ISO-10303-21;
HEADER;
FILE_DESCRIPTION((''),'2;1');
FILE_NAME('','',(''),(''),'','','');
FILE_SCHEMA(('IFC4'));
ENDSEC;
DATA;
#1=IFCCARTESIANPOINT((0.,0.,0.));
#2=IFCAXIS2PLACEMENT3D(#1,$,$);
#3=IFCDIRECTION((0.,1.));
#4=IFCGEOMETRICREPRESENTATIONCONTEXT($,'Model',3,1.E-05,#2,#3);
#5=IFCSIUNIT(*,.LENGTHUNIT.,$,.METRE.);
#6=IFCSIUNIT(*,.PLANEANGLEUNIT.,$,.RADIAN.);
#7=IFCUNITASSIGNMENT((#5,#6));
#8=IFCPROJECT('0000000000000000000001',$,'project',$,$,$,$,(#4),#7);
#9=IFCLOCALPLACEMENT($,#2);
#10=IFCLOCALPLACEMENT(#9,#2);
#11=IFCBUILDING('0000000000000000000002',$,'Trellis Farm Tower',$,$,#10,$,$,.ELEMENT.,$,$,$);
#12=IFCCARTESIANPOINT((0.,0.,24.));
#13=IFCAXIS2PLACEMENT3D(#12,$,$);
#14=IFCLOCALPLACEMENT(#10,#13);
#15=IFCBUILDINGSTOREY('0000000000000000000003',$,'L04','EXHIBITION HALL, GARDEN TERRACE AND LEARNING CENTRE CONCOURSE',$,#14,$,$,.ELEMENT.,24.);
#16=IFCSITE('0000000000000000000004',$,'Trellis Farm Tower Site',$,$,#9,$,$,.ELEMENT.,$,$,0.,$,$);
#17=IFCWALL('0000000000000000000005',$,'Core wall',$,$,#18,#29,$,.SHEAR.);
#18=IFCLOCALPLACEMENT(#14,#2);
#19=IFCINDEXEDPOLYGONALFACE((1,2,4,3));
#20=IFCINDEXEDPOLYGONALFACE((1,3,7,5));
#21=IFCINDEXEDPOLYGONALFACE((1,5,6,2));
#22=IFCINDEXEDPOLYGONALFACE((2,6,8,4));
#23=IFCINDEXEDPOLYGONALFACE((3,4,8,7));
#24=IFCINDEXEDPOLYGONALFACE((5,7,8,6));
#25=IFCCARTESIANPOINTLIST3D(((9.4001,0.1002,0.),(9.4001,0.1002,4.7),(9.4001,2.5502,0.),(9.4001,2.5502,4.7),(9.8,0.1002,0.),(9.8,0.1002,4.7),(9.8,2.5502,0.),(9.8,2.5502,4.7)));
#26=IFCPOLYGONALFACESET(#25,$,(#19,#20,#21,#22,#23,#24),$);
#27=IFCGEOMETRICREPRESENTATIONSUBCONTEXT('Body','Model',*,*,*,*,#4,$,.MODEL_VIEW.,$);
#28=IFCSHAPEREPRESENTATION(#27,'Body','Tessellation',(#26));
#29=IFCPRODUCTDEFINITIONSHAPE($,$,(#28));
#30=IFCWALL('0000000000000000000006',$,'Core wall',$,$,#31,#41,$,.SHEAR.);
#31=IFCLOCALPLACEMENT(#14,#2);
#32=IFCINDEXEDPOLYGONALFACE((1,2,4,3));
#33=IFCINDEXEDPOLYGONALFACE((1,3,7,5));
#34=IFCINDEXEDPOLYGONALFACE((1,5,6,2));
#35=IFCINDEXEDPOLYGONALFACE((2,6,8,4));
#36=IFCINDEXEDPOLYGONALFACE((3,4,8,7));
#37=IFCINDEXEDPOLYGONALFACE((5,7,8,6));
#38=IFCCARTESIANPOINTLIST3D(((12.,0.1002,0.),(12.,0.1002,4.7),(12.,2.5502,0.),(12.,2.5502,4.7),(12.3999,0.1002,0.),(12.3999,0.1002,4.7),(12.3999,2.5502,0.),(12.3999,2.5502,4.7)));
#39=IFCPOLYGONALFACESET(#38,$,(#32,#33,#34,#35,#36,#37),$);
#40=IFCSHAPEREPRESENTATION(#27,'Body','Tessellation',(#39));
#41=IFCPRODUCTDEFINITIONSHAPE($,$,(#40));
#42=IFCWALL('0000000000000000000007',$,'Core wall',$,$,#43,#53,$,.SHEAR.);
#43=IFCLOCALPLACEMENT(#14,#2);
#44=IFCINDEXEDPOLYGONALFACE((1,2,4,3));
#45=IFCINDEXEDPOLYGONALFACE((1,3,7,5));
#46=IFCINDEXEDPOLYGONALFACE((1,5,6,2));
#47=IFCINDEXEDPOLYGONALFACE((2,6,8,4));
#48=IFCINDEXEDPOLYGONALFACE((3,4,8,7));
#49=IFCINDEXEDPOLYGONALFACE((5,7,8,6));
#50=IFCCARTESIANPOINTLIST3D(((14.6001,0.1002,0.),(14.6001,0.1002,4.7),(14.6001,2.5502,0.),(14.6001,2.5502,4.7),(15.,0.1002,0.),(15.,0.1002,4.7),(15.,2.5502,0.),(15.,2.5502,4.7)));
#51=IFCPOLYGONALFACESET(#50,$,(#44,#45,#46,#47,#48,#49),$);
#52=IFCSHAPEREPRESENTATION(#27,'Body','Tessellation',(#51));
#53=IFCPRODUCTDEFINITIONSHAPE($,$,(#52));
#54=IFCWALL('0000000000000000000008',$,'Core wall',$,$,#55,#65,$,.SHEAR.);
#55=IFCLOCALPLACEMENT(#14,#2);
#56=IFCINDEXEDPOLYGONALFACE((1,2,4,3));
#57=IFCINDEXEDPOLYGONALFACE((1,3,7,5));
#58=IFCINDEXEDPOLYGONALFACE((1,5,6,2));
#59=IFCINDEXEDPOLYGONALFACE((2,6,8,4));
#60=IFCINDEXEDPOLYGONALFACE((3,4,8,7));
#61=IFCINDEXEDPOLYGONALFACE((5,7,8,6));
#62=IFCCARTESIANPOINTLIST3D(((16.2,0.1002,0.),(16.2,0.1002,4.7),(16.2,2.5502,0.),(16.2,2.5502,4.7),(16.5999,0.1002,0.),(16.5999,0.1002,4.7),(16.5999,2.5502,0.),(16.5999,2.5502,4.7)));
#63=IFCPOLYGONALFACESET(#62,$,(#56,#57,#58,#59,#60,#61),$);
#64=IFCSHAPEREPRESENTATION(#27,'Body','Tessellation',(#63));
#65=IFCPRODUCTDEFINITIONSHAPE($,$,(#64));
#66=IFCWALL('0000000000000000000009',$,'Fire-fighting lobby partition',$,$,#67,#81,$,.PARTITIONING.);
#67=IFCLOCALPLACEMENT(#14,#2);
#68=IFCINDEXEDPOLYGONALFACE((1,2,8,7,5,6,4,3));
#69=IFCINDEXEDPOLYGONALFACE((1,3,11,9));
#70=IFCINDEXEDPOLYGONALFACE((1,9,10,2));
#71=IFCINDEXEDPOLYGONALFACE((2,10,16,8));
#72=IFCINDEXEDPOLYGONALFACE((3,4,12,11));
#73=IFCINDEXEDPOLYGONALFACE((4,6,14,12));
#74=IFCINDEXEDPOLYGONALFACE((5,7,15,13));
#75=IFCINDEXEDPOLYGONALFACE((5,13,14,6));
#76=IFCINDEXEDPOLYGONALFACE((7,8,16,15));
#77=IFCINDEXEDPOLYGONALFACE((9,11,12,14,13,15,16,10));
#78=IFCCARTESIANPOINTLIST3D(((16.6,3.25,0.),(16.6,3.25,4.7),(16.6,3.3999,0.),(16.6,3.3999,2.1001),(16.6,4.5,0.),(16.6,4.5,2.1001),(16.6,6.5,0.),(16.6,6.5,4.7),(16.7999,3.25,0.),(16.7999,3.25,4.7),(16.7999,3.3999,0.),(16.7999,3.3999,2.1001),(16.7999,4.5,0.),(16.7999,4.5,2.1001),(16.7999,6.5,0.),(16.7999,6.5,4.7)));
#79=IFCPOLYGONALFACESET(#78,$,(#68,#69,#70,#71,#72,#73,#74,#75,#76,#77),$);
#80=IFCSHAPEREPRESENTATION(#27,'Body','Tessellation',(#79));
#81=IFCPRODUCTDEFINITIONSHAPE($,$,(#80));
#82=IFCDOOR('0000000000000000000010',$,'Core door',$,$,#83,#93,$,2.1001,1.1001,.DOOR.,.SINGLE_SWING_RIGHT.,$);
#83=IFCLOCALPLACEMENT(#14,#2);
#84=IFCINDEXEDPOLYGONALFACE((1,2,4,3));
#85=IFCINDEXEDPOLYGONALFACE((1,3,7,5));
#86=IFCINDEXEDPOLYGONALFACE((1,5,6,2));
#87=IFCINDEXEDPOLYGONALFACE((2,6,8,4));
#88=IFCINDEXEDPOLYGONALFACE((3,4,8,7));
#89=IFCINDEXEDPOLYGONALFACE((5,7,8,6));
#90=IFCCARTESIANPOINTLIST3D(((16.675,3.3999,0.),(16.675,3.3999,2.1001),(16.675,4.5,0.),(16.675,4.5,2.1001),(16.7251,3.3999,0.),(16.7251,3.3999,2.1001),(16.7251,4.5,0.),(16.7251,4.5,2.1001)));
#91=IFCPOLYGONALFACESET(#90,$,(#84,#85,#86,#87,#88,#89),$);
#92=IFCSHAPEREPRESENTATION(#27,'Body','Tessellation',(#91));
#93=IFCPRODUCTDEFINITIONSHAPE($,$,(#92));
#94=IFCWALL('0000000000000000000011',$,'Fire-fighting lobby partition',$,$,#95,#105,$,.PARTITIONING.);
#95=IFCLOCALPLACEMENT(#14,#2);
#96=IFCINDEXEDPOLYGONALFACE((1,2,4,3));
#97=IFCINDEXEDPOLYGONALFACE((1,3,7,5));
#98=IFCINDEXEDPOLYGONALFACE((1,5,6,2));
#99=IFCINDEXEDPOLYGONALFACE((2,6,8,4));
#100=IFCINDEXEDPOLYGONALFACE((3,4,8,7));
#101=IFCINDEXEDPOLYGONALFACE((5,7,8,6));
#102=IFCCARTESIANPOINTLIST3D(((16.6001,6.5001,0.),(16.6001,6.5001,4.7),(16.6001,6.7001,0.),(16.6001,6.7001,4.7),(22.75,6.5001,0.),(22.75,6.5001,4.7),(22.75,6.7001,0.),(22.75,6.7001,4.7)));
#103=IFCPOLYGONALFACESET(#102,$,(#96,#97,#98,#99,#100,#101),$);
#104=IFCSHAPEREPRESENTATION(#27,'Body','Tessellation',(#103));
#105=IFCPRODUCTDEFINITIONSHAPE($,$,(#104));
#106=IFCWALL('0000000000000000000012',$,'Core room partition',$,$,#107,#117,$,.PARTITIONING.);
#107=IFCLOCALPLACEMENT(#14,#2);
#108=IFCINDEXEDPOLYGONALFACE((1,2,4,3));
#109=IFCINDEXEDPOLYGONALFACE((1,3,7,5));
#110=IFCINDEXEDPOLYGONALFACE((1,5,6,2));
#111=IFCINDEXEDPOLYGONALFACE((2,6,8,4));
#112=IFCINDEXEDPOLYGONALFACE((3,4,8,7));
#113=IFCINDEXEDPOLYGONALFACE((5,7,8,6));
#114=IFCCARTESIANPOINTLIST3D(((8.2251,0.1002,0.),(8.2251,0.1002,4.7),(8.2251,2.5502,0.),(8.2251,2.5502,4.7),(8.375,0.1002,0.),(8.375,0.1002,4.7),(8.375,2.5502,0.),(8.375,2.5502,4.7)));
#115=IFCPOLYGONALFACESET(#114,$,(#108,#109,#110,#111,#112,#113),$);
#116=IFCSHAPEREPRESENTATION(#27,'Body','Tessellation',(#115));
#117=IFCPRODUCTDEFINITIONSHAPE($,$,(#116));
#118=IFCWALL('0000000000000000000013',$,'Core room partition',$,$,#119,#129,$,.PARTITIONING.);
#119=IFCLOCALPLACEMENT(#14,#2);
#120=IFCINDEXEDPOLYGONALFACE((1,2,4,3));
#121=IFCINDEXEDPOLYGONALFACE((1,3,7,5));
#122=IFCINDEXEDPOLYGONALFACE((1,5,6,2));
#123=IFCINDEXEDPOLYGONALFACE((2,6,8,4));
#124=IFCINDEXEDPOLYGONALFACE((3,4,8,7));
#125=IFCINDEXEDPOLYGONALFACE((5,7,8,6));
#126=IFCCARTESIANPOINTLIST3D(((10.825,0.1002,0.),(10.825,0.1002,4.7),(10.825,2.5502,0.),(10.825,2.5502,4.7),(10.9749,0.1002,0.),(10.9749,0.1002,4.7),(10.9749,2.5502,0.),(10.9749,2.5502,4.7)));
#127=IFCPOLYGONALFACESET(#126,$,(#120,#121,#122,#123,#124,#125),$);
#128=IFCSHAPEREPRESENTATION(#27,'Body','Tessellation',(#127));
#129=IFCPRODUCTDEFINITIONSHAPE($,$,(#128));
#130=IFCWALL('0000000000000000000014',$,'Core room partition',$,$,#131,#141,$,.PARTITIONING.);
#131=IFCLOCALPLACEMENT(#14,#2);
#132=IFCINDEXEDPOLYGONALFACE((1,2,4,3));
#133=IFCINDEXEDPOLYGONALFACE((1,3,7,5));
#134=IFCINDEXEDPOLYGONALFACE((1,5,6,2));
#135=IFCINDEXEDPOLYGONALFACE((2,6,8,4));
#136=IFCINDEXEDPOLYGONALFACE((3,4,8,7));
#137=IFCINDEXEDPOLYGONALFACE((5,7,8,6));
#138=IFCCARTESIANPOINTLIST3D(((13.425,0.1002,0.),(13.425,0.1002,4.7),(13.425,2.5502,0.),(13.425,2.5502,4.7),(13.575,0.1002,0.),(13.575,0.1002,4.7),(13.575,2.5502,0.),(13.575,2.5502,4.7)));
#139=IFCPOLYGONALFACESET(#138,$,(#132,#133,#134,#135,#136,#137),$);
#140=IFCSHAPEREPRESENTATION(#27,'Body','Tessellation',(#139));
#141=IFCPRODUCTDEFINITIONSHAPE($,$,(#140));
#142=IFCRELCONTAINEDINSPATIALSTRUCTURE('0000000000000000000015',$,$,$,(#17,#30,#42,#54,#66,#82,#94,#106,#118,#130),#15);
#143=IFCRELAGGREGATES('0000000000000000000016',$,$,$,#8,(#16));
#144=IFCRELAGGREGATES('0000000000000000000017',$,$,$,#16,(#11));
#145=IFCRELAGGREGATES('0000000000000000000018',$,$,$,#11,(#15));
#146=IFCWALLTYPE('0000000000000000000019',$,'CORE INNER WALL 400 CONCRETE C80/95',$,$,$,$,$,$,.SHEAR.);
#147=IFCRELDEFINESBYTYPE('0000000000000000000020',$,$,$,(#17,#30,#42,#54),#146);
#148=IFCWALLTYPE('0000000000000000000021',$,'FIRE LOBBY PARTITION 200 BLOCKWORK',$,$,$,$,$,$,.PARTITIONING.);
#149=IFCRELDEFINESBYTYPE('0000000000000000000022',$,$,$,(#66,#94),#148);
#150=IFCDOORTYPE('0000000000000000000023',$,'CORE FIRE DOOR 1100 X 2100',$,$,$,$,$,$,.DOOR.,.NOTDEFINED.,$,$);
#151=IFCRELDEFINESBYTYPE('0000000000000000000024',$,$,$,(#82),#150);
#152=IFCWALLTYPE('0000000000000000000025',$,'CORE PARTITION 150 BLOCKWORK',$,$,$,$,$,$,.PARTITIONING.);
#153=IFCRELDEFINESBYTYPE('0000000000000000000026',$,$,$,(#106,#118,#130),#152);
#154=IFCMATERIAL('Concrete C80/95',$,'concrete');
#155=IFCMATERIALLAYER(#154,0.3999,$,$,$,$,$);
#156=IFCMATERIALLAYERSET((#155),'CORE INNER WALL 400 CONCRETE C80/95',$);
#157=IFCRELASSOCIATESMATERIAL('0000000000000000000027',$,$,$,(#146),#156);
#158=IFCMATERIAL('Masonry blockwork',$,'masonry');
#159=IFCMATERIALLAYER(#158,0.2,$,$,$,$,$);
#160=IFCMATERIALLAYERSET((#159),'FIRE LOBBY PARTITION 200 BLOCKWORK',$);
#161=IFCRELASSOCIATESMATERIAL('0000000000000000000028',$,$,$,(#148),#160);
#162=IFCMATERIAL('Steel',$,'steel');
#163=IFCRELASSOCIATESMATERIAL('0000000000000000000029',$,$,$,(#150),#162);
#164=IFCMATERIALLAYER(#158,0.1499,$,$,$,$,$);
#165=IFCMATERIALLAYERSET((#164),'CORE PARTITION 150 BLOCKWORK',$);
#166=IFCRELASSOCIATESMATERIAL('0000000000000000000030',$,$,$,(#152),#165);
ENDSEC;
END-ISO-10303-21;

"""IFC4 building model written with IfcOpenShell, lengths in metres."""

from ifc_helpers import new_model, si_unit, direction, frame, frame_2d, origin, place, context, subcontext, project, spatial, rectangle, extrude, source, transform, mapped, material, layer, layer_set, type_object, element, fill, save


model = new_model("IFC4")

# Units and contexts
model_context = context("Model", 3, precision=1e-05, world=origin(), true_north=direction((0.0, 1.0)))
body_context = subcontext(model_context, "Body", "Model", "MODEL_VIEW")
ifc_project = project(units=[si_unit("LENGTHUNIT", "METRE"), si_unit("PLANEANGLEUNIT", "RADIAN")], contexts=[model_context])

# Site, building, storey
site_placement = place(None, origin())
site = spatial("IfcSite", under=ifc_project, at=site_placement, Name="Trellis Farm Tower Site", CompositionType="ELEMENT", RefElevation=0.0)
building_placement = place(site_placement, origin())
building = spatial("IfcBuilding", under=site, at=building_placement, Name="Trellis Farm Tower", CompositionType="ELEMENT")
storey_placement = place(building_placement, frame((0.0, 0.0, 24.0)))
storey = spatial("IfcBuildingStorey", under=building, at=storey_placement, Name="L04", Description="EXHIBITION HALL, GARDEN TERRACE AND LEARNING CENTRE CONCOURSE", CompositionType="ELEMENT", Elevation=24.0)

# Shared definitions
ifc_material_1 = material(Name="Concrete C80/95", Category="concrete")

# Walls
ifc_layer_1 = layer(ifc_material_1, 0.3999)
ifc_layer_set_1 = layer_set([ifc_layer_1], Name="CORE INNER WALL 400 CONCRETE C80/95")
wall_type_1 = type_object("IfcWallType", Name="CORE INNER WALL 400 CONCRETE C80/95", PredefinedType="SHEAR", material=ifc_layer_set_1)
shared_shape_1 = source(origin(), body_context, "Body", "SweptSolid", [
    extrude(rectangle(XDim=2.45, YDim=0.3999, at=frame_2d((1.2251, 0.0))), origin(), (0.0, 0.0, 1.0), 4.7),
])
for number, where, z_axis, x_axis, name in (
    (1, (9.6001, 0.1001, 0.0), (0.0, 0.0, 1.0), (0.0, 1.0, 0.0), "Core wall"),
    (2, (12.2, 0.1001, 0.0), (0.0, 0.0, 1.0), (0.0, 1.0, 0.0), "Core wall"),
    (3, (14.8, 0.1001, 0.0), (0.0, 0.0, 1.0), (0.0, 1.0, 0.0), "Core wall"),
    (4, (16.3999, 0.1001, 0.0), (0.0, 0.0, 1.0), (0.0, 1.0, 0.0), "Core wall"),
):
    element("IfcWall", number, at=place(storey_placement, frame(where, z_axis=z_axis, x_axis=x_axis)), inside=storey, type_object=wall_type_1, Name=name, PredefinedType="SHEAR", context=body_context, shape_type="MappedRepresentation", body=[
        mapped(shared_shape_1, transform((0.0, 0.0, 0.0))),
    ])

# Wall, opening, door
ifc_material_2 = material(Name="Masonry blockwork", Category="masonry")
ifc_layer_2 = layer(ifc_material_2, 0.2)
ifc_layer_set_2 = layer_set([ifc_layer_2], Name="FIRE LOBBY PARTITION 200 BLOCKWORK")
wall_type_2 = type_object("IfcWallType", Name="FIRE LOBBY PARTITION 200 BLOCKWORK", PredefinedType="PARTITIONING", material=ifc_layer_set_2)
shared_shape_2 = source(origin(), body_context, "Body", "SweptSolid", [
    extrude(rectangle(XDim=3.25, YDim=0.2, at=frame_2d((1.625, 0.0))), origin(), (0.0, 0.0, 1.0), 4.7),
])
wall_1_placement = place(storey_placement, frame((16.7, 3.25, 0.0), z_axis=(0.0, 0.0, 1.0), x_axis=(0.0, 1.0, 0.0)))
wall_1 = element("IfcWall", 5, at=wall_1_placement, inside=storey, type_object=wall_type_2, Name="Fire-fighting lobby partition", PredefinedType="PARTITIONING", context=body_context, shape_type="MappedRepresentation", body=[
    mapped(shared_shape_2, transform((0.0, 0.0, 0.0))),
])
shared_shape_3 = source(origin(), body_context, "Body", "SweptSolid", [
    extrude(rectangle(XDim=1.1001, YDim=2.1001, at=frame_2d((0.55, 1.05))), frame((0.0, 0.1101, 0.0), z_axis=(0.0, -1.0, 0.0), x_axis=(1.0, 0.0, 0.0)), (0.0, 0.0, 1.0), 0.2202),
])
opening_1_placement = place(wall_1_placement, frame((0.1499, 0.0, 0.0)))
opening_1 = element("IfcOpeningElement", 6, at=opening_1_placement, cuts=wall_1, PredefinedType="OPENING", context=body_context, shape_type="MappedRepresentation", body=[
    mapped(shared_shape_3, transform((0.0, 0.0, 0.0))),
])
ifc_material_3 = material(Name="Steel", Category="steel")
door_type_1 = type_object("IfcDoorType", Name="CORE FIRE DOOR 1100 X 2100", OperationType="NOTDEFINED", PredefinedType="DOOR", material=ifc_material_3)
shared_shape_4 = source(origin(), body_context, "Body", "SweptSolid", [
    extrude(rectangle(XDim=1.1001, YDim=2.1001, at=frame_2d((0.55, 1.05))), frame((0.0, 0.0249, 0.0), z_axis=(0.0, -1.0, 0.0), x_axis=(1.0, 0.0, 0.0)), (0.0, 0.0, 1.0), 0.05),
])
door_1_placement = place(opening_1_placement, origin())
door_1 = element("IfcDoor", 7, at=door_1_placement, inside=storey, type_object=door_type_1, Name="Core door", OperationType="SINGLE_SWING_RIGHT", OverallHeight=2.1001, OverallWidth=1.1001, PredefinedType="DOOR", context=body_context, shape_type="MappedRepresentation", body=[
    mapped(shared_shape_4, transform((0.0, 0.0, 0.0))),
])
fill(opening_1, door_1)

# Walls
shared_shape_5 = source(origin(), body_context, "Body", "SweptSolid", [
    extrude(rectangle(XDim=6.1499, YDim=0.2, at=frame_2d((3.075, 0.0))), origin(), (0.0, 0.0, 1.0), 4.7),
])
wall_2_placement = place(storey_placement, frame((16.6001, 6.6001, 0.0), z_axis=(0.0, 0.0, 1.0), x_axis=(1.0, 0.0, 0.0)))
element("IfcWall", 8, at=wall_2_placement, inside=storey, type_object=wall_type_2, Name="Fire-fighting lobby partition", PredefinedType="PARTITIONING", context=body_context, shape_type="MappedRepresentation", body=[
    mapped(shared_shape_5, transform((0.0, 0.0, 0.0))),
])
ifc_layer_3 = layer(ifc_material_2, 0.1499)
ifc_layer_set_3 = layer_set([ifc_layer_3], Name="CORE PARTITION 150 BLOCKWORK")
wall_type_3 = type_object("IfcWallType", Name="CORE PARTITION 150 BLOCKWORK", PredefinedType="PARTITIONING", material=ifc_layer_set_3)
shared_shape_6 = source(origin(), body_context, "Body", "SweptSolid", [
    extrude(rectangle(XDim=2.45, YDim=0.1499, at=frame_2d((1.2251, 0.0))), origin(), (0.0, 0.0, 1.0), 4.7),
])
for number, where, z_axis, x_axis, name in (
    (9, (8.3, 0.1001, 0.0), (0.0, 0.0, 1.0), (0.0, 1.0, 0.0), "Core room partition"),
    (10, (10.8999, 0.1001, 0.0), (0.0, 0.0, 1.0), (0.0, 1.0, 0.0), "Core room partition"),
    (11, (13.5, 0.1001, 0.0), (0.0, 0.0, 1.0), (0.0, 1.0, 0.0), "Core room partition"),
):
    element("IfcWall", number, at=place(storey_placement, frame(where, z_axis=z_axis, x_axis=x_axis)), inside=storey, type_object=wall_type_3, Name=name, PredefinedType="PARTITIONING", context=body_context, shape_type="MappedRepresentation", body=[
        mapped(shared_shape_6, transform((0.0, 0.0, 0.0))),
    ])

save(model, "model.ifc")
